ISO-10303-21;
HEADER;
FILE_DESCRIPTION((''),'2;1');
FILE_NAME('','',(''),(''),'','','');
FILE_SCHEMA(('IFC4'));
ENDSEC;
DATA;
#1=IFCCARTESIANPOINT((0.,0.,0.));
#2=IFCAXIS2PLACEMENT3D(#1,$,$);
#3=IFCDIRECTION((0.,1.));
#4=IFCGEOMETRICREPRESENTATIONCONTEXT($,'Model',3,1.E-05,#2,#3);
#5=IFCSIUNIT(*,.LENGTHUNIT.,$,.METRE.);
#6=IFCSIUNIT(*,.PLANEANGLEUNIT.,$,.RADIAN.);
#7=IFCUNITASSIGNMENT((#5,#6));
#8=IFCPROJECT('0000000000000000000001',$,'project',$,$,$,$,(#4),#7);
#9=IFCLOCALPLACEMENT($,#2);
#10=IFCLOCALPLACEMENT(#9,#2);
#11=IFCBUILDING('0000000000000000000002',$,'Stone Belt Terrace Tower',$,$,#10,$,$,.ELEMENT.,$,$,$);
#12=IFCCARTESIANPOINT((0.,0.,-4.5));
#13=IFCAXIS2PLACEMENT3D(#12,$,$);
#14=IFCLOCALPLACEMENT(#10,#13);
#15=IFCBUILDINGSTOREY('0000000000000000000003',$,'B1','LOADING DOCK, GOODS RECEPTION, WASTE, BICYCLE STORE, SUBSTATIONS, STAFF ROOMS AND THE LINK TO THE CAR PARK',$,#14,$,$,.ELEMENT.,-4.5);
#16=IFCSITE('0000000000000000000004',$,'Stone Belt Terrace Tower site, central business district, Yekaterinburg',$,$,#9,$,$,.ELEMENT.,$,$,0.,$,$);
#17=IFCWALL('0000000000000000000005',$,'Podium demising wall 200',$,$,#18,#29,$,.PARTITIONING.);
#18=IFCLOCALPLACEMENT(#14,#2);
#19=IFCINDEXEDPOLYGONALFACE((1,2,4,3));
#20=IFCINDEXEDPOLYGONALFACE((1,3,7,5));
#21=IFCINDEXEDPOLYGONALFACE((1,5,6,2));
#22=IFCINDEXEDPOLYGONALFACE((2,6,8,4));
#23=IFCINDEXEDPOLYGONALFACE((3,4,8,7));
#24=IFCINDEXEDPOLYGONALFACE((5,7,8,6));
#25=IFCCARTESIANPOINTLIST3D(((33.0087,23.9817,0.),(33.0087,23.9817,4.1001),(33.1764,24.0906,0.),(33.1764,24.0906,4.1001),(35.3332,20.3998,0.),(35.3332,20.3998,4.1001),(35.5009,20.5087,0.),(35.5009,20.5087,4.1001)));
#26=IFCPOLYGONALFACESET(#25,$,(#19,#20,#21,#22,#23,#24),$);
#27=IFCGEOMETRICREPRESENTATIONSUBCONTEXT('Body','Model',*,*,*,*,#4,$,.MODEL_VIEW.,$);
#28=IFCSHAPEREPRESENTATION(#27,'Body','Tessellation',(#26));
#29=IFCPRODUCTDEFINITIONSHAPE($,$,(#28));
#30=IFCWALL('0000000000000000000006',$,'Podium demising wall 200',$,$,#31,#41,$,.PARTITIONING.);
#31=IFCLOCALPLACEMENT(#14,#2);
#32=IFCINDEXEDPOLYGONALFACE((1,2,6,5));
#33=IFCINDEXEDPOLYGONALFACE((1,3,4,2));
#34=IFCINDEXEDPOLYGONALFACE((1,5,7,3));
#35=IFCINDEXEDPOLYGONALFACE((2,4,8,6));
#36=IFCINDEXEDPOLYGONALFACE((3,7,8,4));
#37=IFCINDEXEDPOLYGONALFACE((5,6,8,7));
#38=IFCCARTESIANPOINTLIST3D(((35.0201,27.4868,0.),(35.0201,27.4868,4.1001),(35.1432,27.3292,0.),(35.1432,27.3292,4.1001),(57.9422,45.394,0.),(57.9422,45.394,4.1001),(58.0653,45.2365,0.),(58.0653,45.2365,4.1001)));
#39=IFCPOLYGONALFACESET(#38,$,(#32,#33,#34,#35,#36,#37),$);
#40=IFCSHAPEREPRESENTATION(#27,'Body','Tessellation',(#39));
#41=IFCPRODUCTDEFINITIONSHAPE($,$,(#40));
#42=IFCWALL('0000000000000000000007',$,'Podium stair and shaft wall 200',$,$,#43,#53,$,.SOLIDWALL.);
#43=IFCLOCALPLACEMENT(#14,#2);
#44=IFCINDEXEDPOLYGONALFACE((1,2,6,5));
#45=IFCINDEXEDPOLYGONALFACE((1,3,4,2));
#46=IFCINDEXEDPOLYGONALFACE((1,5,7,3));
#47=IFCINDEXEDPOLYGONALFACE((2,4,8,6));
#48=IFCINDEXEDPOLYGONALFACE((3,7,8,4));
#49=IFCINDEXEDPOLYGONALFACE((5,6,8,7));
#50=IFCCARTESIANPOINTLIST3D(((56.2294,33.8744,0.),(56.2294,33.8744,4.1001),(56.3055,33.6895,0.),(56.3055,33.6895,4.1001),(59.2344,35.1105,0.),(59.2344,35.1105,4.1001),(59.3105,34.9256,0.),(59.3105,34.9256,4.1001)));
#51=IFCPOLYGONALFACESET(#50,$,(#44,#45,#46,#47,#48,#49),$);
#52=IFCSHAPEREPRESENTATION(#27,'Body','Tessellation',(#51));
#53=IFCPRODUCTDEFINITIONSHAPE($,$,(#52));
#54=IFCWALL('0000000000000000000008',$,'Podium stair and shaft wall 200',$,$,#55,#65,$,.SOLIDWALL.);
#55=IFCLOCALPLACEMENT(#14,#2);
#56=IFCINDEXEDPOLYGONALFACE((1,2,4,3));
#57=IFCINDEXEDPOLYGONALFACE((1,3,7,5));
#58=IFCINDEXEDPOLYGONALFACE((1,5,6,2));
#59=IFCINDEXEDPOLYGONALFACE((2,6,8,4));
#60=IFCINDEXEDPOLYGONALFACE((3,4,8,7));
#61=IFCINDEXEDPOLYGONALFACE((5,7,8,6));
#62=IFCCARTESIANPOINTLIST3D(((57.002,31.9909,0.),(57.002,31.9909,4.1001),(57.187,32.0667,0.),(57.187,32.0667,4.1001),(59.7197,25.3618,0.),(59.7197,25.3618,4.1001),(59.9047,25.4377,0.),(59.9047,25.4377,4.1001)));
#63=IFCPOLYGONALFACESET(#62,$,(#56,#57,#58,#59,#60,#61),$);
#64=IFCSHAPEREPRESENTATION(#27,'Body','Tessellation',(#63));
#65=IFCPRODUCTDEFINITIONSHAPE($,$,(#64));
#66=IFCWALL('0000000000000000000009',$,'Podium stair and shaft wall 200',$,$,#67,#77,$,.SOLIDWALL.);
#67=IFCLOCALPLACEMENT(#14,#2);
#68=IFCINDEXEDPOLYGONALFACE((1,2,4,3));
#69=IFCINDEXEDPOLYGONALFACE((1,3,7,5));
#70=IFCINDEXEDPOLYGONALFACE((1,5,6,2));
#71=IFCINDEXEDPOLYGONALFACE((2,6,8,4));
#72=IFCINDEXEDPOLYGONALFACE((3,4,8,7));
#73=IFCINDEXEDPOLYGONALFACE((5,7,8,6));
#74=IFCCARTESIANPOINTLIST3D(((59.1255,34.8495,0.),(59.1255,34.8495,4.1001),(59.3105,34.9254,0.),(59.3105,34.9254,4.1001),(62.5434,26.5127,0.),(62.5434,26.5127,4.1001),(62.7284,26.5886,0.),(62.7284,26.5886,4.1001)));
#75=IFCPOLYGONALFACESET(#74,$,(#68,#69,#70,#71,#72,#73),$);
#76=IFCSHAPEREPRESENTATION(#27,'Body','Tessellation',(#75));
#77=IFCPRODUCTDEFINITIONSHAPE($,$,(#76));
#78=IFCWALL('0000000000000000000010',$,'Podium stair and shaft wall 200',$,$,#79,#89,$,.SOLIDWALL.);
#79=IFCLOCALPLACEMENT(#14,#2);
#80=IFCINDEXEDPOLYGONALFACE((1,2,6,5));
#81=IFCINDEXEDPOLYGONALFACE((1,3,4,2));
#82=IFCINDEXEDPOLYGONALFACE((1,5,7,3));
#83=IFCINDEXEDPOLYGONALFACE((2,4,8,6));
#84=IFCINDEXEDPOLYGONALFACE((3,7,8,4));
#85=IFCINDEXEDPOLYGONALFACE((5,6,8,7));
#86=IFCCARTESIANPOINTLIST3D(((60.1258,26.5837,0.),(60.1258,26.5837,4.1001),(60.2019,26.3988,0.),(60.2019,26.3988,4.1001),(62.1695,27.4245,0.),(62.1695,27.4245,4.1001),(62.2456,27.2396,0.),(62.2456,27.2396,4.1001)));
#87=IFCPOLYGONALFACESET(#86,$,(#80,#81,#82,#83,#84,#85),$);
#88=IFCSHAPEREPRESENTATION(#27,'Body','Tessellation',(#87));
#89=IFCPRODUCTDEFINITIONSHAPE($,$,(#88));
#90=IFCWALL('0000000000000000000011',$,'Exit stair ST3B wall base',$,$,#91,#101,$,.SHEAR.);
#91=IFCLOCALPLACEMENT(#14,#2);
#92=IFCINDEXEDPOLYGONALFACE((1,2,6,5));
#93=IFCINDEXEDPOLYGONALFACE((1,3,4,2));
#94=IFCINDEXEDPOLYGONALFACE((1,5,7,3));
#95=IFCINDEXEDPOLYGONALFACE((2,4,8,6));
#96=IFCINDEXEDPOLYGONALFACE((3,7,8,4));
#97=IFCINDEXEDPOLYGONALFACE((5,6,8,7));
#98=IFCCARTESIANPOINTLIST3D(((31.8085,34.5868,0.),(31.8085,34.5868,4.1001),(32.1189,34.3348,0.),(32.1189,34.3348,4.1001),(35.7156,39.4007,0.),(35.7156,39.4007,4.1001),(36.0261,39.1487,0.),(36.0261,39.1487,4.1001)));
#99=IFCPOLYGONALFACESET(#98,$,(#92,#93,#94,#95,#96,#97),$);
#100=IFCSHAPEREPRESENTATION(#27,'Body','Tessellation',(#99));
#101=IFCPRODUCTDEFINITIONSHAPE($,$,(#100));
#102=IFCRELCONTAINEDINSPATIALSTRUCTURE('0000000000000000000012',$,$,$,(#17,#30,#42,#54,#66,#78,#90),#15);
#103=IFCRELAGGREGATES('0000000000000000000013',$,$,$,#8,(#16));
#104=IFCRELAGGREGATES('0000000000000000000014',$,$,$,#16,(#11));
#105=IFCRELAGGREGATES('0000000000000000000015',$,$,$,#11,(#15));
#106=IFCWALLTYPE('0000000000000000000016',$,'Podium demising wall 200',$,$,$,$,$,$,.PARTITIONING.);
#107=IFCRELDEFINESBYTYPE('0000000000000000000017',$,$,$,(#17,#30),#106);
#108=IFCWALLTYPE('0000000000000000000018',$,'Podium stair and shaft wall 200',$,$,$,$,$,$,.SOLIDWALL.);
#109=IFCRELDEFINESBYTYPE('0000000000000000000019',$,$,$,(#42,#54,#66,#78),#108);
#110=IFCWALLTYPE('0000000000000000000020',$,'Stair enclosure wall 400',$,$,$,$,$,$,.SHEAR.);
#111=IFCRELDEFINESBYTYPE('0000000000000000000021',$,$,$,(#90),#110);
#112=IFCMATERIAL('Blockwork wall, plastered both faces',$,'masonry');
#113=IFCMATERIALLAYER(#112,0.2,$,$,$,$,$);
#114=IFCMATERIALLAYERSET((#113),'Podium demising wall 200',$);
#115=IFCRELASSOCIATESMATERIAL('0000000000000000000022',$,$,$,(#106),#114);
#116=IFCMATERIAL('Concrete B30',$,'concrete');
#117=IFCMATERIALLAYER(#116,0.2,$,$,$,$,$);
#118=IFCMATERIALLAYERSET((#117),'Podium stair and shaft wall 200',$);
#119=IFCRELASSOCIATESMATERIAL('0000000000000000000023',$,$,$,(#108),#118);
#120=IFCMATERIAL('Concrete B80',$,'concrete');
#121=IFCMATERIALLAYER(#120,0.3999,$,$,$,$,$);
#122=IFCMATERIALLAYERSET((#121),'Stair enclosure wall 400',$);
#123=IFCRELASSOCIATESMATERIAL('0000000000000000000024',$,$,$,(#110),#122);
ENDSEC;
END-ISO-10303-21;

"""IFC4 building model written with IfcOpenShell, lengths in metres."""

from ifc_helpers import new_model, si_unit, direction, frame, frame_2d, origin, place, context, subcontext, project, spatial, rectangle, extrude, material, layer, layer_set, type_object, element, save


model = new_model("IFC4")

# Units and contexts
model_context = context("Model", 3, precision=1e-05, world=origin(), true_north=direction((0.0, 1.0)))
body_context = subcontext(model_context, "Body", "Model", "MODEL_VIEW")
ifc_project = project(units=[si_unit("LENGTHUNIT", "METRE"), si_unit("PLANEANGLEUNIT", "RADIAN")], contexts=[model_context])

# Site, building, storey
site_placement = place(None, origin())
site = spatial("IfcSite", under=ifc_project, at=site_placement, Name="Stone Belt Terrace Tower site, central business district, Yekaterinburg", CompositionType="ELEMENT", RefElevation=0.0)
building_placement = place(site_placement, origin())
building = spatial("IfcBuilding", under=site, at=building_placement, Name="Stone Belt Terrace Tower", CompositionType="ELEMENT")
storey_placement = place(building_placement, frame((0.0, 0.0, -4.5)))
storey = spatial("IfcBuildingStorey", under=building, at=storey_placement, Name="B1", Description="LOADING DOCK, GOODS RECEPTION, WASTE, BICYCLE STORE, SUBSTATIONS, STAFF ROOMS AND THE LINK TO THE CAR PARK", CompositionType="ELEMENT", Elevation=-4.5)

# Shared definitions
ifc_material_1 = material(Name="Concrete B80", Category="concrete")

# Shared definitions
ifc_material_2 = material(Name="Concrete B30", Category="concrete")

# Walls
ifc_material_3 = material(Name="Blockwork wall, plastered both faces", Category="masonry")
ifc_layer_1 = layer(ifc_material_3, 0.2)
ifc_layer_set_1 = layer_set([ifc_layer_1], Name="Podium demising wall 200")
wall_type_1 = type_object("IfcWallType", Name="Podium demising wall 200", PredefinedType="PARTITIONING", material=ifc_layer_set_1)
wall_1_placement = place(storey_placement, frame((33.0925, 24.0361, 0.0), z_axis=(0.0, 0.0, 1.0), x_axis=(0.544379, -0.838839, 0.0)))
element("IfcWall", 1, at=wall_1_placement, inside=storey, type_object=wall_type_1, Name="Podium demising wall 200", PredefinedType="PARTITIONING", context=body_context, shape_type="SweptSolid", body=[
    extrude(rectangle(XDim=4.27, YDim=0.2, at=frame_2d((2.135, 0.0))), origin(), (0.0, 0.0, 1.0), 4.1001),
])
wall_2_placement = place(storey_placement, frame((35.0815, 27.408, 0.0), z_axis=(0.0, 0.0, 1.0), x_axis=(0.788036, 0.61563, 0.0)))
element("IfcWall", 2, at=wall_2_placement, inside=storey, type_object=wall_type_1, Name="Podium demising wall 200", PredefinedType="PARTITIONING", context=body_context, shape_type="SweptSolid", body=[
    extrude(rectangle(XDim=29.0876, YDim=0.2, at=frame_2d((14.5439, 0.0))), origin(), (0.0, 0.0, 1.0), 4.1001),
])
ifc_layer_2 = layer(ifc_material_2, 0.2)
ifc_layer_set_2 = layer_set([ifc_layer_2], Name="Podium stair and shaft wall 200")
wall_type_2 = type_object("IfcWallType", Name="Podium stair and shaft wall 200", PredefinedType="SOLIDWALL", material=ifc_layer_set_2)
wall_3_placement = place(storey_placement, frame((56.2676, 33.782, 0.0), z_axis=(0.0, 0.0, 1.0), x_axis=(0.92481, 0.380429, 0.0)))
element("IfcWall", 3, at=wall_3_placement, inside=storey, type_object=wall_type_2, Name="Podium stair and shaft wall 200", PredefinedType="SOLIDWALL", context=body_context, shape_type="SweptSolid", body=[
    extrude(rectangle(XDim=3.2493, YDim=0.2, at=frame_2d((1.6245, 0.0))), origin(), (0.0, 0.0, 1.0), 4.1001),
])
wall_4_placement = place(storey_placement, frame((57.0945, 32.0288, 0.0), z_axis=(0.0, 0.0, 1.0), x_axis=(0.379332, -0.925261, 0.0)))
element("IfcWall", 4, at=wall_4_placement, inside=storey, type_object=wall_type_2, Name="Podium stair and shaft wall 200", PredefinedType="SOLIDWALL", context=body_context, shape_type="SweptSolid", body=[
    extrude(rectangle(XDim=7.1646, YDim=0.2, at=frame_2d((3.5823, 0.0))), origin(), (0.0, 0.0, 1.0), 4.1001),
])
wall_5_placement = place(storey_placement, frame((59.218, 34.8875, 0.0), z_axis=(0.0, 0.0, 1.0), x_axis=(0.379338, -0.925258, 0.0)))
element("IfcWall", 5, at=wall_5_placement, inside=storey, type_object=wall_type_2, Name="Podium stair and shaft wall 200", PredefinedType="SOLIDWALL", context=body_context, shape_type="SweptSolid", body=[
    extrude(rectangle(XDim=9.0103, YDim=0.2, at=frame_2d((4.5051, 0.0))), origin(), (0.0, 0.0, 1.0), 4.1001),
])
wall_6_placement = place(storey_placement, frame((60.1638, 26.4912, 0.0), z_axis=(0.0, 0.0, 1.0), x_axis=(0.92479, 0.380478, 0.0)))
element("IfcWall", 6, at=wall_6_placement, inside=storey, type_object=wall_type_2, Name="Podium stair and shaft wall 200", PredefinedType="SOLIDWALL", context=body_context, shape_type="SweptSolid", body=[
    extrude(rectangle(XDim=2.21, YDim=0.2, at=frame_2d((1.105, 0.0))), origin(), (0.0, 0.0, 1.0), 4.1001),
])
ifc_layer_3 = layer(ifc_material_1, 0.3999)
ifc_layer_set_3 = layer_set([ifc_layer_3], Name="Stair enclosure wall 400")
wall_type_3 = type_object("IfcWallType", Name="Stair enclosure wall 400", PredefinedType="SHEAR", material=ifc_layer_set_3)
wall_7_placement = place(storey_placement, frame((31.9636, 34.4607, 0.0), z_axis=(0.0, 0.0, 1.0), x_axis=(0.630192, 0.776439, 0.0)))
element("IfcWall", 7, at=wall_7_placement, inside=storey, type_object=wall_type_3, Name="Exit stair ST3B wall base", PredefinedType="SHEAR", context=body_context, shape_type="SweptSolid", body=[
    extrude(rectangle(XDim=6.2, YDim=0.3999, at=frame_2d((3.1001, 0.0))), origin(), (0.0, 0.0, 1.0), 4.1001),
])

save(model, "model.ifc")
